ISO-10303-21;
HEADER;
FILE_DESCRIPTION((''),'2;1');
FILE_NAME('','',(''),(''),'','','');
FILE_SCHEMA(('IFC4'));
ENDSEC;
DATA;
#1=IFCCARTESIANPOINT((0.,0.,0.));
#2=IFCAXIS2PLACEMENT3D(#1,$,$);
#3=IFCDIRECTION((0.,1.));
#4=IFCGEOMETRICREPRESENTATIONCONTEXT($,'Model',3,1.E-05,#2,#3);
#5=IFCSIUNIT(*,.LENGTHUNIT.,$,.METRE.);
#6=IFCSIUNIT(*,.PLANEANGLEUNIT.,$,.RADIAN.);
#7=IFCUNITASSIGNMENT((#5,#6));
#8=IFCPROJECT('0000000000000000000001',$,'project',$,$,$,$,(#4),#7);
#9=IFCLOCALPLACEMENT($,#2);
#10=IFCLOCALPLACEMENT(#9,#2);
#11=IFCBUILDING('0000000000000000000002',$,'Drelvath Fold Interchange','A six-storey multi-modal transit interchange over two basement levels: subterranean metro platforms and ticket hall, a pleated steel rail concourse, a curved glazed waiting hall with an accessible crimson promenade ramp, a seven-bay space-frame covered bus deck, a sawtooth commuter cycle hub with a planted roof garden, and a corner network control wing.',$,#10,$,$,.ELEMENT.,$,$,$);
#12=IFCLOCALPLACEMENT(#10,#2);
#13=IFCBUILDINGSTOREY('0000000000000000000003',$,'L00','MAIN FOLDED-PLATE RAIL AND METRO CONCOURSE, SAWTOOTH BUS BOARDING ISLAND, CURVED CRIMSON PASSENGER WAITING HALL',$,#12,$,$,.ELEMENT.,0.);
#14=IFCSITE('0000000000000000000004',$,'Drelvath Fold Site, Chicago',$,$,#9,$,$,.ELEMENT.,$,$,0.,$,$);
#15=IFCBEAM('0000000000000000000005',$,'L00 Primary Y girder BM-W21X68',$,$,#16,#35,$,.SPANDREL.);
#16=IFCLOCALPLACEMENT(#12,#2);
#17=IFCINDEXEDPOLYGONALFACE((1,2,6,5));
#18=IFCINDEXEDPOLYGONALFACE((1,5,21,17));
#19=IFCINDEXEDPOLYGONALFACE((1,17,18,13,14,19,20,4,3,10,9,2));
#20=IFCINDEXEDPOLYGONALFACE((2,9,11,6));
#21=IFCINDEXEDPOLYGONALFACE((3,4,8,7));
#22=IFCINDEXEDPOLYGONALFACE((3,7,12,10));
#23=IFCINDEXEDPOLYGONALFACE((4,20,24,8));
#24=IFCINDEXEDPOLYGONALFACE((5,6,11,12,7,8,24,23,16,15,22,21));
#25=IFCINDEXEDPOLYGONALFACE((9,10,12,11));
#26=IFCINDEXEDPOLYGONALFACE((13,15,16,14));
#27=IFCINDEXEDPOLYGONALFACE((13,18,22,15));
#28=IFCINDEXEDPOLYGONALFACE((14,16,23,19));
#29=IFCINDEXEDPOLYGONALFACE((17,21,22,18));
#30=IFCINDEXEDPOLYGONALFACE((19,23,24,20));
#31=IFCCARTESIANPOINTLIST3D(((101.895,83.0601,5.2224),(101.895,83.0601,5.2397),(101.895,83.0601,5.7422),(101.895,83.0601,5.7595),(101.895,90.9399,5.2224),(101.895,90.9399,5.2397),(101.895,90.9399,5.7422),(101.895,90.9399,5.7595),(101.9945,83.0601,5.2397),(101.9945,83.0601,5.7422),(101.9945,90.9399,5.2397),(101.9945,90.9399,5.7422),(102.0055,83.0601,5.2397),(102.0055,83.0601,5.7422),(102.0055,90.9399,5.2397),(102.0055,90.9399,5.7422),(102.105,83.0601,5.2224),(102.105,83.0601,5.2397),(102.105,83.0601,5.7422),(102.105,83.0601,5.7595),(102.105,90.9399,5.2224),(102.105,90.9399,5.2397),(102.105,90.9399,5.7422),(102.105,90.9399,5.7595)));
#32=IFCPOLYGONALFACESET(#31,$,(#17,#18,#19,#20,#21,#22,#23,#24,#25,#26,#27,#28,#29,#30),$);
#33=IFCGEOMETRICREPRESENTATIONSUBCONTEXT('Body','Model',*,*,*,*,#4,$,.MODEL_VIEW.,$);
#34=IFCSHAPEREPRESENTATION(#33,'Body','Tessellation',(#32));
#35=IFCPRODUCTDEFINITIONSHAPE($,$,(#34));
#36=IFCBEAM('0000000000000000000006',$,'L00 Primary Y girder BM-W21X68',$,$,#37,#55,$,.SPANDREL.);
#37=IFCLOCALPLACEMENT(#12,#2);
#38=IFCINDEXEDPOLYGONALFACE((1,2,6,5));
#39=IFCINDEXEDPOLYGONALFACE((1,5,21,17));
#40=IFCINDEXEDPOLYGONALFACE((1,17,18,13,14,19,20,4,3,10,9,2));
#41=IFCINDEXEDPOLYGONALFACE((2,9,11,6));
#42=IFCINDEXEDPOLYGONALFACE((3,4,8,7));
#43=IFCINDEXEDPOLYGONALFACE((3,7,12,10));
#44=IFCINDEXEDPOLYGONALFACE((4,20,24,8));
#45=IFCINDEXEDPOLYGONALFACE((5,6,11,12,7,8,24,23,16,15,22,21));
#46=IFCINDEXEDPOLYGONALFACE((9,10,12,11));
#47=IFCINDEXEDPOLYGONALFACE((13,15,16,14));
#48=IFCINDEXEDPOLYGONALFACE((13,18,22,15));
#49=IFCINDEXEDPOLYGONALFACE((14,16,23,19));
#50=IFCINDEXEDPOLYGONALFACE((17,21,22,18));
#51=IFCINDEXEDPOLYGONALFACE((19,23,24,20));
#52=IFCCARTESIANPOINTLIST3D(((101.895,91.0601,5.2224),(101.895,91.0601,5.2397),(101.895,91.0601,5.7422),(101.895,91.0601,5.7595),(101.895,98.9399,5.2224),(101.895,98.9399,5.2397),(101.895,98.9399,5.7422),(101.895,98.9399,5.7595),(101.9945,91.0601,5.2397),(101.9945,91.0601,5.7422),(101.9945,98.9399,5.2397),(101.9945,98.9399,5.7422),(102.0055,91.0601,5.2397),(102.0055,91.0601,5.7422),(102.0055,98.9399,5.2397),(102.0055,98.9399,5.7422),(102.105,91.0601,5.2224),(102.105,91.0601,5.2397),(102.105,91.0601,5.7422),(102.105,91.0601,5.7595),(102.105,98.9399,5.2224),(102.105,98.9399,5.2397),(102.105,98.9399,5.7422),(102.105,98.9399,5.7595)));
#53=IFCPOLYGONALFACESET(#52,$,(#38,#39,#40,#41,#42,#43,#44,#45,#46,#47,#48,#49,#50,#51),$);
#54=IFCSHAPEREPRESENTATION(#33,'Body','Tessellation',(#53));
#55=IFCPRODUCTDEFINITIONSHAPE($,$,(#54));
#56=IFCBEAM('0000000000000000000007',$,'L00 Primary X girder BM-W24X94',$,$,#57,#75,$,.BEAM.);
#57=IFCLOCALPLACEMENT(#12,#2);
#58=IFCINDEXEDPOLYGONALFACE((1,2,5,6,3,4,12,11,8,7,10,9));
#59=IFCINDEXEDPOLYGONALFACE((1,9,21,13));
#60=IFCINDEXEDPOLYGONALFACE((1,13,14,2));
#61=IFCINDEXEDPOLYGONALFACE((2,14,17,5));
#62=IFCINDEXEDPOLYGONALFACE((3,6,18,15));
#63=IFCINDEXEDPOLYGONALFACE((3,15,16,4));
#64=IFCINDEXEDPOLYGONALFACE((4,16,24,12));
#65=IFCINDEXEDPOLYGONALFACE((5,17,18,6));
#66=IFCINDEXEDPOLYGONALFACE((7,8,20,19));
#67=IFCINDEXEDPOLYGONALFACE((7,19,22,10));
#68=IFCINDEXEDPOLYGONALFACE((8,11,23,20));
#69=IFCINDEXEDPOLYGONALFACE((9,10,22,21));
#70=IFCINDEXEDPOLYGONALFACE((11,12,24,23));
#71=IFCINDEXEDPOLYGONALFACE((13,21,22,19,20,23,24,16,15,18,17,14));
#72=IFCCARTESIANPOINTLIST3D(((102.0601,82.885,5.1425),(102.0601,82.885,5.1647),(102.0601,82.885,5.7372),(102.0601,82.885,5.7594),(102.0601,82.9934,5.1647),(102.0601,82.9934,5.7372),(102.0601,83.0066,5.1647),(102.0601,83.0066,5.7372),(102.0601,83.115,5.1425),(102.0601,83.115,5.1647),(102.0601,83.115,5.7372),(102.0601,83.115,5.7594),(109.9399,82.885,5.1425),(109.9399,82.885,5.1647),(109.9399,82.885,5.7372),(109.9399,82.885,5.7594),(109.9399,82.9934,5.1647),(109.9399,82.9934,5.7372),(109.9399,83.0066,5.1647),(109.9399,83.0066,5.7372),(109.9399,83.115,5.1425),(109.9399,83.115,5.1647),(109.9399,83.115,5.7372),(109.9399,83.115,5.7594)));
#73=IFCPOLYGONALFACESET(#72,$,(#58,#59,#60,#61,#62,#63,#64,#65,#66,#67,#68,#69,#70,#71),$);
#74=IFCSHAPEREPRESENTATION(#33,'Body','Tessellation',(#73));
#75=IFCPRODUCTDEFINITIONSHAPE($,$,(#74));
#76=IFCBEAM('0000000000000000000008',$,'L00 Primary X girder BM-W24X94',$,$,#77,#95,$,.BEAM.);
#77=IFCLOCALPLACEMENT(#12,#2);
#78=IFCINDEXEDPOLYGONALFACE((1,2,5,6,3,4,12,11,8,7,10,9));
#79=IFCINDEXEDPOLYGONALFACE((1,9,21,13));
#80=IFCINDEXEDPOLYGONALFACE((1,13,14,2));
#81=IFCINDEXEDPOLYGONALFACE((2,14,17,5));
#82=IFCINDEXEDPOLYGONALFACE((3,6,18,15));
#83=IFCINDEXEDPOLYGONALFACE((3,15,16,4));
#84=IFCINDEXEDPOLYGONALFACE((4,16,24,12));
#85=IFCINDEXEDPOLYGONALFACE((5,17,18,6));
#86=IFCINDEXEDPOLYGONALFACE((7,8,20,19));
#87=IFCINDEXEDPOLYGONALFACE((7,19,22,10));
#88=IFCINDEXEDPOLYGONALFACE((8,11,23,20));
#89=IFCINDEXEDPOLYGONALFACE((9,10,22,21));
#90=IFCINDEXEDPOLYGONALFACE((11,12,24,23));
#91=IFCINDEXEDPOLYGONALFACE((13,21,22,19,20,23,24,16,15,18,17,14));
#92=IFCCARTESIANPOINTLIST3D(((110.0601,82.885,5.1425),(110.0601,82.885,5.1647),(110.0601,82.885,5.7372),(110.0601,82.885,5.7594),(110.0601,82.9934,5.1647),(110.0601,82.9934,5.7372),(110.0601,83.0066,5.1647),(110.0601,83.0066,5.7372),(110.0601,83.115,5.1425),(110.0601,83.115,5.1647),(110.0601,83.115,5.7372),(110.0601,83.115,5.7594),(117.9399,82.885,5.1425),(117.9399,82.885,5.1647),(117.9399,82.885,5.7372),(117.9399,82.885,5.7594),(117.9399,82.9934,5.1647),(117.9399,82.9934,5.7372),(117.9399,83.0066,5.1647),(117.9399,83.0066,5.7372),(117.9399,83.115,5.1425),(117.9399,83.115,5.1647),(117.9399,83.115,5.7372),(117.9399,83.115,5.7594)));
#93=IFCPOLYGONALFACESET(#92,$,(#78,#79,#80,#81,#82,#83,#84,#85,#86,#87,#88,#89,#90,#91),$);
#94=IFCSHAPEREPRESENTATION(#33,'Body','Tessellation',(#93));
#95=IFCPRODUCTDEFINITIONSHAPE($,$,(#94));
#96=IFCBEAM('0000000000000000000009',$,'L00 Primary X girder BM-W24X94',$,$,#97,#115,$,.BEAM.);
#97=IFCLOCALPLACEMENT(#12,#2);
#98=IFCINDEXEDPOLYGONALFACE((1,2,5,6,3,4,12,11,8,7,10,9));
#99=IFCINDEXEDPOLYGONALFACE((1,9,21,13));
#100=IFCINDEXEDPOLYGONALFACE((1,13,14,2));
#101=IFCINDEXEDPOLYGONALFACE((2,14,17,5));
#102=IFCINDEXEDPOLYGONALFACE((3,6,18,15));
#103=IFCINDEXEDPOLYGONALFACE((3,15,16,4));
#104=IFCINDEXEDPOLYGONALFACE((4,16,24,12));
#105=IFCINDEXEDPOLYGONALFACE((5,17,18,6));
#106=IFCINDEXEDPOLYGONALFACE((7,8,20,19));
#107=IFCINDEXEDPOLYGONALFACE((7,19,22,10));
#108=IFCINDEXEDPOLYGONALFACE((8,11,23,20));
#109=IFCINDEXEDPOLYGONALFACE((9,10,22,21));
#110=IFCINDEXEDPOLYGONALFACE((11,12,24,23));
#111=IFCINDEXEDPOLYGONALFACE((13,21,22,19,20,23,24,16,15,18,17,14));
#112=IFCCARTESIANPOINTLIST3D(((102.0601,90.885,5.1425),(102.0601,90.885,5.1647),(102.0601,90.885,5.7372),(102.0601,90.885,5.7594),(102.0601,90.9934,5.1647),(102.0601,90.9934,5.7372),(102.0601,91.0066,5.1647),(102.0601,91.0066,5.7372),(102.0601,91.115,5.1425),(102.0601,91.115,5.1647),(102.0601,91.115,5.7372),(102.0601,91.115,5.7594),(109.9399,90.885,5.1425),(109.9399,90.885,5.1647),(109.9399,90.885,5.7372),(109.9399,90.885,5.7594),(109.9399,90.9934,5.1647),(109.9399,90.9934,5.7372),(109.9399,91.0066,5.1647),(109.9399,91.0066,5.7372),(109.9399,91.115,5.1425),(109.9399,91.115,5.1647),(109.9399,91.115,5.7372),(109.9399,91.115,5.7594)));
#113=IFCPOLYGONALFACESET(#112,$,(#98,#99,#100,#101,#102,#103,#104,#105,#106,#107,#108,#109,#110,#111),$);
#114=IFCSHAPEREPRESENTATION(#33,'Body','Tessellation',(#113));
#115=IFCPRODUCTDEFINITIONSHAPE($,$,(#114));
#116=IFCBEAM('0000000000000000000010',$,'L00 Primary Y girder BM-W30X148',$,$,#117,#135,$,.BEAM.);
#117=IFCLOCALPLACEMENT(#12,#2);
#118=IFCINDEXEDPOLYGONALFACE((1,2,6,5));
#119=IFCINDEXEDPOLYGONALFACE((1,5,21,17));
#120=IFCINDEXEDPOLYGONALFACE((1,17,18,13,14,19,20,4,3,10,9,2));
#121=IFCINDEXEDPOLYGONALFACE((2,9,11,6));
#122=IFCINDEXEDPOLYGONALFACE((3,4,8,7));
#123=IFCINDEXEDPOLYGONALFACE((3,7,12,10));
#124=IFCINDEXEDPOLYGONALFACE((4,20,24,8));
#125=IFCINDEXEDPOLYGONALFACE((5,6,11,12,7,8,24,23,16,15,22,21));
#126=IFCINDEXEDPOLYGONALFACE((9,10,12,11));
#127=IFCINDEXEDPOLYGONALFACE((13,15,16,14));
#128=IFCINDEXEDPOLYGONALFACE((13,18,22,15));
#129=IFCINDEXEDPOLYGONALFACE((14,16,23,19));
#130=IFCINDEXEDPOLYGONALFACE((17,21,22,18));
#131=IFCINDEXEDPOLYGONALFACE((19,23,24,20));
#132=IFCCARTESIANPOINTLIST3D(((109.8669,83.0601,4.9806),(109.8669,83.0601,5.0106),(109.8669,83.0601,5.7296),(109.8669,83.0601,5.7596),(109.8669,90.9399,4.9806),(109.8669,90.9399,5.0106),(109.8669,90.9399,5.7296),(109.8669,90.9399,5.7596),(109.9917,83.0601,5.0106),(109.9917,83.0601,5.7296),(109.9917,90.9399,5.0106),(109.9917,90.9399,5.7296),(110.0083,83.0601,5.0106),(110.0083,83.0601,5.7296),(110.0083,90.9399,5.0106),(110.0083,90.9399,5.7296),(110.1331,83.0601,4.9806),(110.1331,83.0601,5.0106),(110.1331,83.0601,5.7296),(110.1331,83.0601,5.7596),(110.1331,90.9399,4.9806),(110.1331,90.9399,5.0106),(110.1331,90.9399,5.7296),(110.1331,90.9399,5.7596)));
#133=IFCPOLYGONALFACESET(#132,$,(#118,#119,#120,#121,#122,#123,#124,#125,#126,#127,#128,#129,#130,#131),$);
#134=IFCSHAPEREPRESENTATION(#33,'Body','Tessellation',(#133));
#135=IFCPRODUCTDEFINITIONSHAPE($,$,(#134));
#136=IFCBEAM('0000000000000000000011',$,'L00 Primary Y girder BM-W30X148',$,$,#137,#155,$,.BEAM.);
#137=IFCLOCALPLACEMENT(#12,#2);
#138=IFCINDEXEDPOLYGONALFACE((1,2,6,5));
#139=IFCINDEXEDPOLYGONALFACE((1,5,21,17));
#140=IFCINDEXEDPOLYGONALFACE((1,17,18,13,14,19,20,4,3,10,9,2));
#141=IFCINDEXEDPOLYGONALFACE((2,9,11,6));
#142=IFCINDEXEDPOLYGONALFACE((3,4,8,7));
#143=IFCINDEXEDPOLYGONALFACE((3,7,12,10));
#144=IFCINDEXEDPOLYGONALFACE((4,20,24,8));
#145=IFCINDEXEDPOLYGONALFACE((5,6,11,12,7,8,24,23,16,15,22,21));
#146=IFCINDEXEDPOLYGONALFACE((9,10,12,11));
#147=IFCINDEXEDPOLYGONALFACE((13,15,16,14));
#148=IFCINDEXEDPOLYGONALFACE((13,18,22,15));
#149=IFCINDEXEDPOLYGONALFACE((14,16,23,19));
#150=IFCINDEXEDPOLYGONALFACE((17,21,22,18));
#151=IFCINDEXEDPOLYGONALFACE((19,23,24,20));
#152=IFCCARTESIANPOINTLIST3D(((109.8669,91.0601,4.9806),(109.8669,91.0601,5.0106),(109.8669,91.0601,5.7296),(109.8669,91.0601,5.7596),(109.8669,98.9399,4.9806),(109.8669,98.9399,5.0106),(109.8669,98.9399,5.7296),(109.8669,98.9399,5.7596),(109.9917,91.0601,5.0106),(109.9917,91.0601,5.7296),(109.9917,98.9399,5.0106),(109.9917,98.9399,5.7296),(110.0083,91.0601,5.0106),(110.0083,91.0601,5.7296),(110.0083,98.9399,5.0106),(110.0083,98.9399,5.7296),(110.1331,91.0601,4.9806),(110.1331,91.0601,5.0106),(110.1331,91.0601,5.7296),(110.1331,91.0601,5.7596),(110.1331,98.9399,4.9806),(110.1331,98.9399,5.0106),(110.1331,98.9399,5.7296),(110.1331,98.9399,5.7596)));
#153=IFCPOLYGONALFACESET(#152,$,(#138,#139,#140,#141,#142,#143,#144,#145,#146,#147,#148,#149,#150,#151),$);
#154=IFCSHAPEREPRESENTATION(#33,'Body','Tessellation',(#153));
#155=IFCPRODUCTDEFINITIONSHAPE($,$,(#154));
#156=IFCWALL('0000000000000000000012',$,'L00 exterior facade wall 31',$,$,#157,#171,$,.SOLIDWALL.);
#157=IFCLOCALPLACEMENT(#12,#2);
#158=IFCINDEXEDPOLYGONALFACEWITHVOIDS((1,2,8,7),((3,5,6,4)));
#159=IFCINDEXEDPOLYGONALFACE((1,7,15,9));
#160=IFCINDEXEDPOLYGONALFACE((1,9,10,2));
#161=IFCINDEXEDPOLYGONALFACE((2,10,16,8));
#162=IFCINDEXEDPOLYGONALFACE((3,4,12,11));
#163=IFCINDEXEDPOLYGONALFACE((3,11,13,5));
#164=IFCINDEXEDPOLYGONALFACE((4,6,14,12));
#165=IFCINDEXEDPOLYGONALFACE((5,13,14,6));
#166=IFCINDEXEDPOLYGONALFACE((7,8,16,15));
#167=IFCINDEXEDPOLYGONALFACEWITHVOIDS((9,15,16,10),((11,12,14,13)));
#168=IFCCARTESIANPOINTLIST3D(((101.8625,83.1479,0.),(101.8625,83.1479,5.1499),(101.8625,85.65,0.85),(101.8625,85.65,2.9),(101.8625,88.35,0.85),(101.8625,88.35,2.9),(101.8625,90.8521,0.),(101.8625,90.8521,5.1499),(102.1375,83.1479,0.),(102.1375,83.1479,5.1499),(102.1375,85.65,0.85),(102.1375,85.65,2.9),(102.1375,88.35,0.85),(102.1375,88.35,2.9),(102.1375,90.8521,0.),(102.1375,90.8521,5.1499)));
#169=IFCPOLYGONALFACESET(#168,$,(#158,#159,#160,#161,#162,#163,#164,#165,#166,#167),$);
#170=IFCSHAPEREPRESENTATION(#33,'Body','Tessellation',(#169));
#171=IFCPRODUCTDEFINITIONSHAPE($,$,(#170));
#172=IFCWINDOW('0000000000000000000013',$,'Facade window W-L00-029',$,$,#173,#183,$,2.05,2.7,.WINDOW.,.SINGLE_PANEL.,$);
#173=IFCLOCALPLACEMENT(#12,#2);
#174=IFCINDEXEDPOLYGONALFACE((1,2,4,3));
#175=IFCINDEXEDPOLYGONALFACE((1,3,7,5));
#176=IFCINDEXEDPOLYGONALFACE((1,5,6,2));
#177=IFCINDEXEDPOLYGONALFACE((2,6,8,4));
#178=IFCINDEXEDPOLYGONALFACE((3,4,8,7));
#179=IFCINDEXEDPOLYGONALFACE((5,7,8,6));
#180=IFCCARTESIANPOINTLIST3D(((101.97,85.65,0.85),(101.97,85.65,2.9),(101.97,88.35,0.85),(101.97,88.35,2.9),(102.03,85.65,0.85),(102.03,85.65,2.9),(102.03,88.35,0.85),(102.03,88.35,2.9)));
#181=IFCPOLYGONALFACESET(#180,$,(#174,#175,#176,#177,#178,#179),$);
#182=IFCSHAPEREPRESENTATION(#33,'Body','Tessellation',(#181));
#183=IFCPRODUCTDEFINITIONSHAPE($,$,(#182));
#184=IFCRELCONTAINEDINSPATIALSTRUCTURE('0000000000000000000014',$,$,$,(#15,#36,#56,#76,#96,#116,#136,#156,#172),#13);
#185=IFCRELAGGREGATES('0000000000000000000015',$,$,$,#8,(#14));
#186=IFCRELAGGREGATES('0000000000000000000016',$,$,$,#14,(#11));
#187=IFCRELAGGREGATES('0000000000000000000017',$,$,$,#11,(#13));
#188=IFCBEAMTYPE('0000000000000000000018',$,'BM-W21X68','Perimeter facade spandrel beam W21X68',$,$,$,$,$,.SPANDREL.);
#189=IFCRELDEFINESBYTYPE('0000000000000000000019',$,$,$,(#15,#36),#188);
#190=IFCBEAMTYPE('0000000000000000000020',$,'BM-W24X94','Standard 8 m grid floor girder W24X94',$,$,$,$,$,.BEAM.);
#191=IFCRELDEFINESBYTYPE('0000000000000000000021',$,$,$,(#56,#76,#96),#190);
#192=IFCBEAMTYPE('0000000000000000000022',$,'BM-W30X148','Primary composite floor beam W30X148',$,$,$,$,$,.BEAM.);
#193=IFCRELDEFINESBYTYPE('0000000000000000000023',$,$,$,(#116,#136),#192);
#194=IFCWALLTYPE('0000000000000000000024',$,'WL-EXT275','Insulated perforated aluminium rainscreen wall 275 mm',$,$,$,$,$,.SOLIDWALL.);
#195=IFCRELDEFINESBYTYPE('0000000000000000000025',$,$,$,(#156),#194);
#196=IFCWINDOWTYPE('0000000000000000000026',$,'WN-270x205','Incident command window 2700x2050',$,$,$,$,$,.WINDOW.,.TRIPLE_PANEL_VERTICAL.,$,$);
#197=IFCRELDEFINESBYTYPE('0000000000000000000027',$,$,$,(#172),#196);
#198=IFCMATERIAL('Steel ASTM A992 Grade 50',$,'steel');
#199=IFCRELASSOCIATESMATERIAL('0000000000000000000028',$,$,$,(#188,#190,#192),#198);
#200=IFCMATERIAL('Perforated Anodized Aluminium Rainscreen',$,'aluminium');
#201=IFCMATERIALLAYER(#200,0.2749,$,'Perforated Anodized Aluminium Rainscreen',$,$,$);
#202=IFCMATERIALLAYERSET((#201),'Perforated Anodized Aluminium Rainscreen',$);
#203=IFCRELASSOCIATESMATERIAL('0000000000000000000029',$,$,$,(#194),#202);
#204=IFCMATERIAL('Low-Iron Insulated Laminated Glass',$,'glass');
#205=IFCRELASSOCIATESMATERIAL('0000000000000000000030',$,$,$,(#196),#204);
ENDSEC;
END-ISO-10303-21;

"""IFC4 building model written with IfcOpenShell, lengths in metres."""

from ifc_helpers import new_model, si_unit, direction, frame, frame_2d, origin, origin_2d, place, context, subcontext, project, spatial, rectangle, i_section, extrude, material, layer, layer_set, material_profile, profile_set, type_object, element, fill, save


model = new_model("IFC4")

# Units and contexts
model_context = context("Model", 3, precision=1e-05, world=origin(), true_north=direction((0.0, 1.0)))
body_context = subcontext(model_context, "Body", "Model", "MODEL_VIEW")
ifc_project = project(units=[si_unit("LENGTHUNIT", "METRE"), si_unit("PLANEANGLEUNIT", "RADIAN")], contexts=[model_context])

# Site, building, storey
site_placement = place(None, origin())
site = spatial("IfcSite", under=ifc_project, at=site_placement, Name="Drelvath Fold Site, Chicago", CompositionType="ELEMENT", RefElevation=0.0)
building_placement = place(site_placement, origin())
building = spatial("IfcBuilding", under=site, at=building_placement, Name="Drelvath Fold Interchange", Description="A six-storey multi-modal transit interchange over two basement levels: subterranean metro platforms and ticket hall, a pleated steel rail concourse, a curved glazed waiting hall with an accessible crimson promenade ramp, a seven-bay space-frame covered bus deck, a sawtooth commuter cycle hub with a planted roof garden, and a corner network control wing.", CompositionType="ELEMENT")
storey_placement = place(building_placement, origin())
storey = spatial("IfcBuildingStorey", under=building, at=storey_placement, Name="L00", Description="MAIN FOLDED-PLATE RAIL AND METRO CONCOURSE, SAWTOOTH BUS BOARDING ISLAND, CURVED CRIMSON PASSENGER WAITING HALL", CompositionType="ELEMENT", Elevation=0.0)

# Beams
ifc_material_1 = material(Name="Steel ASTM A992 Grade 50", Category="steel")
ifc_material_profile_1 = material_profile(ifc_material_1, i_section(OverallWidth=0.21, OverallDepth=0.5371, WebThickness=0.011, FlangeThickness=0.0173, at=origin_2d()), Name="W21X68")
ifc_profile_set_1 = profile_set([ifc_material_profile_1], Name="Steel ASTM A992 Grade 50")
beam_type_1 = type_object("IfcBeamType", Name="BM-W21X68", Description="Perimeter facade spandrel beam W21X68", PredefinedType="SPANDREL", material=ifc_profile_set_1)
for number, where, z_axis, x_axis, name in (
    (1, (102.0, 83.0601, 5.491), (0.0, 1.0, 0.0), (-1.0, 0.0, 0.0), "L00 Primary Y girder BM-W21X68"),
    (2, (102.0, 91.0601, 5.491), (0.0, 1.0, 0.0), (-1.0, 0.0, 0.0), "L00 Primary Y girder BM-W21X68"),
):
    element("IfcBeam", number, at=place(storey_placement, frame(where, z_axis=z_axis, x_axis=x_axis)), inside=storey, type_object=beam_type_1, Name=name, PredefinedType="SPANDREL", context=body_context, shape_type="SweptSolid", body=[
        extrude(i_section(OverallWidth=0.21, OverallDepth=0.5371, WebThickness=0.011, FlangeThickness=0.0173, at=origin_2d()), origin(), (0.0, 0.0, 1.0), 7.8799),
    ])
ifc_material_profile_2 = material_profile(ifc_material_1, i_section(OverallWidth=0.23, OverallDepth=0.6169, WebThickness=0.0132, FlangeThickness=0.0222, at=origin_2d()), Name="W24X94")
ifc_profile_set_2 = profile_set([ifc_material_profile_2], Name="Steel ASTM A992 Grade 50")
beam_type_2 = type_object("IfcBeamType", Name="BM-W24X94", Description="Standard 8 m grid floor girder W24X94", PredefinedType="BEAM", material=ifc_profile_set_2)
for number, where, z_axis, x_axis, name in (
    (3, (102.0601, 83.0, 5.4509), (1.0, 0.0, 0.0), (0.0, 1.0, 0.0), "L00 Primary X girder BM-W24X94"),
    (4, (110.0601, 83.0, 5.4509), (1.0, 0.0, 0.0), (0.0, 1.0, 0.0), "L00 Primary X girder BM-W24X94"),
    (5, (102.0601, 91.0, 5.4509), (1.0, 0.0, 0.0), (0.0, 1.0, 0.0), "L00 Primary X girder BM-W24X94"),
):
    element("IfcBeam", number, at=place(storey_placement, frame(where, z_axis=z_axis, x_axis=x_axis)), inside=storey, type_object=beam_type_2, Name=name, PredefinedType="BEAM", context=body_context, shape_type="SweptSolid", body=[
        extrude(i_section(OverallWidth=0.23, OverallDepth=0.6169, WebThickness=0.0132, FlangeThickness=0.0222, at=origin_2d()), origin(), (0.0, 0.0, 1.0), 7.8799),
    ])
ifc_material_profile_3 = material_profile(ifc_material_1, i_section(OverallWidth=0.2661, OverallDepth=0.7791, WebThickness=0.0166, FlangeThickness=0.03, at=origin_2d()), Name="W30X148")
ifc_profile_set_3 = profile_set([ifc_material_profile_3], Name="Steel ASTM A992 Grade 50")
beam_type_3 = type_object("IfcBeamType", Name="BM-W30X148", Description="Primary composite floor beam W30X148", PredefinedType="BEAM", material=ifc_profile_set_3)
for number, where, z_axis, x_axis, name in (
    (6, (110.0, 83.0601, 5.3701), (0.0, 1.0, 0.0), (-1.0, 0.0, 0.0), "L00 Primary Y girder BM-W30X148"),
    (7, (110.0, 91.0601, 5.3701), (0.0, 1.0, 0.0), (-1.0, 0.0, 0.0), "L00 Primary Y girder BM-W30X148"),
):
    element("IfcBeam", number, at=place(storey_placement, frame(where, z_axis=z_axis, x_axis=x_axis)), inside=storey, type_object=beam_type_3, Name=name, PredefinedType="BEAM", context=body_context, shape_type="SweptSolid", body=[
        extrude(i_section(OverallWidth=0.2661, OverallDepth=0.7791, WebThickness=0.0166, FlangeThickness=0.03, at=origin_2d()), origin(), (0.0, 0.0, 1.0), 7.8799),
    ])

# Wall, opening, window
ifc_material_2 = material(Name="Perforated Anodized Aluminium Rainscreen", Category="aluminium")
ifc_layer_1 = layer(ifc_material_2, 0.2749, Name="Perforated Anodized Aluminium Rainscreen")
ifc_layer_set_1 = layer_set([ifc_layer_1], Name="Perforated Anodized Aluminium Rainscreen")
wall_type_1 = type_object("IfcWallType", Name="WL-EXT275", Description="Insulated perforated aluminium rainscreen wall 275 mm", PredefinedType="SOLIDWALL", material=ifc_layer_set_1)
wall_1_placement = place(storey_placement, frame((102.0, 83.1479, 0.0), z_axis=(0.0, 0.0, 1.0), x_axis=(0.0, 1.0, 0.0)))
wall_1 = element("IfcWall", 8, at=wall_1_placement, inside=storey, type_object=wall_type_1, Name="L00 exterior facade wall 31", PredefinedType="SOLIDWALL", context=body_context, shape_type="SweptSolid", body=[
    extrude(rectangle(XDim=7.7041, YDim=0.2749, at=frame_2d((3.8521, 0.0))), origin(), (0.0, 0.0, 1.0), 5.1499),
])
opening_1_placement = place(wall_1_placement, frame((2.502, 0.0, 0.8501)))
opening_1 = element("IfcOpeningElement", 9, at=opening_1_placement, cuts=wall_1, PredefinedType="OPENING", context=body_context, shape_type="SweptSolid", body=[
    extrude(rectangle(XDim=2.7, YDim=2.05, at=frame_2d((1.3501, 1.0249))), frame((0.0, 0.1475, 0.0), z_axis=(0.0, -1.0, 0.0), x_axis=(1.0, 0.0, 0.0)), (0.0, 0.0, 1.0), 0.2949),
])
ifc_material_3 = material(Name="Low-Iron Insulated Laminated Glass", Category="glass")
window_type_1 = type_object("IfcWindowType", Name="WN-270x205", Description="Incident command window 2700x2050", PartitioningType="TRIPLE_PANEL_VERTICAL", PredefinedType="WINDOW", material=ifc_material_3)
window_1_placement = place(opening_1_placement, origin())
window_1 = element("IfcWindow", 10, at=window_1_placement, inside=storey, type_object=window_type_1, Name="Facade window W-L00-029", OverallHeight=2.05, OverallWidth=2.7, PartitioningType="SINGLE_PANEL", PredefinedType="WINDOW", context=body_context, shape_type="SweptSolid", body=[
    extrude(rectangle(XDim=2.7, YDim=2.05, at=frame_2d((1.3501, 1.0249))), frame((0.0, 0.03, 0.0), z_axis=(0.0, -1.0, 0.0), x_axis=(1.0, 0.0, 0.0)), (0.0, 0.0, 1.0), 0.0601),
])
fill(opening_1, window_1)

save(model, "model.ifc")
